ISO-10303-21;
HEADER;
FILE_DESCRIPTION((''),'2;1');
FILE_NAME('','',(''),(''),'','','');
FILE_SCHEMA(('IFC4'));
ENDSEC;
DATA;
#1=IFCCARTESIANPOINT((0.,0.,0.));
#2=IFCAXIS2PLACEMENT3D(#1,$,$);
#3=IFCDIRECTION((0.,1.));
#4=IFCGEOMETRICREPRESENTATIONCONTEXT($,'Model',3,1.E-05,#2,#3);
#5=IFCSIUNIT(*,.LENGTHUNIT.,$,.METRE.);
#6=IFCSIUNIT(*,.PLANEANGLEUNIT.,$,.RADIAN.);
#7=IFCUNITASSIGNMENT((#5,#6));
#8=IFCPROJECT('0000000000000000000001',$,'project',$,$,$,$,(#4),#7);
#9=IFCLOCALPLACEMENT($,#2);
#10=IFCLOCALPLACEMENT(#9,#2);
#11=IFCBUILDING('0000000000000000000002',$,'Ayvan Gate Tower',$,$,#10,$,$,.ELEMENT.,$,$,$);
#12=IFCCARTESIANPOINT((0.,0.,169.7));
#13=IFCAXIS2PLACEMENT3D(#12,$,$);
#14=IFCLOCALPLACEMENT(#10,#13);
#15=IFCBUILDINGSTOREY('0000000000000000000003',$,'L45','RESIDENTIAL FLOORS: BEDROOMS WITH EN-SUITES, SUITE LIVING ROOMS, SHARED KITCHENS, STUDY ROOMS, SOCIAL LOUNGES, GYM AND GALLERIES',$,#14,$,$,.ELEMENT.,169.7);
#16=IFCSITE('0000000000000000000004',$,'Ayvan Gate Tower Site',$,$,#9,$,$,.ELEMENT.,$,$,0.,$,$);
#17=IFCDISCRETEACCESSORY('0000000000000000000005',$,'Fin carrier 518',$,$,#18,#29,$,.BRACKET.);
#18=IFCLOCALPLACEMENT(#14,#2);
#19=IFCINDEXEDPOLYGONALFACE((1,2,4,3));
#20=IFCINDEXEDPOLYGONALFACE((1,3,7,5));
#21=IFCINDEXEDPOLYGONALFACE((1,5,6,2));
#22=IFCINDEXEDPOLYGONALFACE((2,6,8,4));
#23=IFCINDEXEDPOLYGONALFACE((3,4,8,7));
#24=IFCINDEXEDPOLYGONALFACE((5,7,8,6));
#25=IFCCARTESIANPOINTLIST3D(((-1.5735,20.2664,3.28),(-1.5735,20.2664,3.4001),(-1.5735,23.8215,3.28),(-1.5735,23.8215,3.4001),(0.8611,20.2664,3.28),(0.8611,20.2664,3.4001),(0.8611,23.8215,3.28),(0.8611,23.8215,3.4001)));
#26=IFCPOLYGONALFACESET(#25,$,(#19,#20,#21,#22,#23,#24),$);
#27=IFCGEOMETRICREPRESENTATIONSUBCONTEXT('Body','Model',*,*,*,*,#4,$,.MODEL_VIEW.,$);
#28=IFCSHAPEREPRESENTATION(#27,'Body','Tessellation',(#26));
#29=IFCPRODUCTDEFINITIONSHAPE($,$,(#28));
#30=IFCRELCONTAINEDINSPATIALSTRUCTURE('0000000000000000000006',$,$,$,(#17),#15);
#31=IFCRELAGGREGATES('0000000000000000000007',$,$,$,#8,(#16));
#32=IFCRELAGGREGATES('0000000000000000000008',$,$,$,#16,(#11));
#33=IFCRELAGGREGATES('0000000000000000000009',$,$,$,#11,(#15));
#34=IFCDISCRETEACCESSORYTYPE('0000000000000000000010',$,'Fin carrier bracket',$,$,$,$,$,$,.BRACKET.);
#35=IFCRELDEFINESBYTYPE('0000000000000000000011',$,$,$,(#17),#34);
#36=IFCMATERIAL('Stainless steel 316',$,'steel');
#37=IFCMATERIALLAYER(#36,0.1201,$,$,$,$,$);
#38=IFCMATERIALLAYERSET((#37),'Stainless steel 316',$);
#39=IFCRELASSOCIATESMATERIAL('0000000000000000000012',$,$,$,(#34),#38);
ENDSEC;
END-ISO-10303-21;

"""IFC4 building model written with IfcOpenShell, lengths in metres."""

from ifc_helpers import new_model, si_unit, direction, frame, origin, origin_2d, place, context, subcontext, project, spatial, rectangle, extrude, material, layer, layer_set, type_object, element, save


model = new_model("IFC4")

# Units and contexts
model_context = context("Model", 3, precision=1e-05, world=origin(), true_north=direction((0.0, 1.0)))
body_context = subcontext(model_context, "Body", "Model", "MODEL_VIEW")
ifc_project = project(units=[si_unit("LENGTHUNIT", "METRE"), si_unit("PLANEANGLEUNIT", "RADIAN")], contexts=[model_context])

# Site, building, storey
site_placement = place(None, origin())
site = spatial("IfcSite", under=ifc_project, at=site_placement, Name="Ayvan Gate Tower Site", CompositionType="ELEMENT", RefElevation=0.0)
building_placement = place(site_placement, origin())
building = spatial("IfcBuilding", under=site, at=building_placement, Name="Ayvan Gate Tower", CompositionType="ELEMENT")
storey_placement = place(building_placement, frame((0.0, 0.0, 169.7)))
storey = spatial("IfcBuildingStorey", under=building, at=storey_placement, Name="L45", Description="RESIDENTIAL FLOORS: BEDROOMS WITH EN-SUITES, SUITE LIVING ROOMS, SHARED KITCHENS, STUDY ROOMS, SOCIAL LOUNGES, GYM AND GALLERIES", CompositionType="ELEMENT", Elevation=169.7)

# Discrete accessory
ifc_material_1 = material(Name="Stainless steel 316", Category="steel")
ifc_layer_1 = layer(ifc_material_1, 0.1201)
ifc_layer_set_1 = layer_set([ifc_layer_1], Name="Stainless steel 316")
discrete_accessory_type = type_object("IfcDiscreteAccessoryType", Name="Fin carrier bracket", PredefinedType="BRACKET", material=ifc_layer_set_1)
discrete_accessory_1_placement = place(storey_placement, frame((-0.3562, 22.0439, 3.28), z_axis=(0.0, 0.0, 1.0), x_axis=(-1.0, 0.0, 0.0)))
element("IfcDiscreteAccessory", 1, at=discrete_accessory_1_placement, inside=storey, type_object=discrete_accessory_type, Name="Fin carrier 518", PredefinedType="BRACKET", context=body_context, shape_type="SweptSolid", body=[
    extrude(rectangle(XDim=2.4346, YDim=3.5552, at=origin_2d()), origin(), (0.0, 0.0, 1.0), 0.1201),
])

save(model, "model.ifc")
